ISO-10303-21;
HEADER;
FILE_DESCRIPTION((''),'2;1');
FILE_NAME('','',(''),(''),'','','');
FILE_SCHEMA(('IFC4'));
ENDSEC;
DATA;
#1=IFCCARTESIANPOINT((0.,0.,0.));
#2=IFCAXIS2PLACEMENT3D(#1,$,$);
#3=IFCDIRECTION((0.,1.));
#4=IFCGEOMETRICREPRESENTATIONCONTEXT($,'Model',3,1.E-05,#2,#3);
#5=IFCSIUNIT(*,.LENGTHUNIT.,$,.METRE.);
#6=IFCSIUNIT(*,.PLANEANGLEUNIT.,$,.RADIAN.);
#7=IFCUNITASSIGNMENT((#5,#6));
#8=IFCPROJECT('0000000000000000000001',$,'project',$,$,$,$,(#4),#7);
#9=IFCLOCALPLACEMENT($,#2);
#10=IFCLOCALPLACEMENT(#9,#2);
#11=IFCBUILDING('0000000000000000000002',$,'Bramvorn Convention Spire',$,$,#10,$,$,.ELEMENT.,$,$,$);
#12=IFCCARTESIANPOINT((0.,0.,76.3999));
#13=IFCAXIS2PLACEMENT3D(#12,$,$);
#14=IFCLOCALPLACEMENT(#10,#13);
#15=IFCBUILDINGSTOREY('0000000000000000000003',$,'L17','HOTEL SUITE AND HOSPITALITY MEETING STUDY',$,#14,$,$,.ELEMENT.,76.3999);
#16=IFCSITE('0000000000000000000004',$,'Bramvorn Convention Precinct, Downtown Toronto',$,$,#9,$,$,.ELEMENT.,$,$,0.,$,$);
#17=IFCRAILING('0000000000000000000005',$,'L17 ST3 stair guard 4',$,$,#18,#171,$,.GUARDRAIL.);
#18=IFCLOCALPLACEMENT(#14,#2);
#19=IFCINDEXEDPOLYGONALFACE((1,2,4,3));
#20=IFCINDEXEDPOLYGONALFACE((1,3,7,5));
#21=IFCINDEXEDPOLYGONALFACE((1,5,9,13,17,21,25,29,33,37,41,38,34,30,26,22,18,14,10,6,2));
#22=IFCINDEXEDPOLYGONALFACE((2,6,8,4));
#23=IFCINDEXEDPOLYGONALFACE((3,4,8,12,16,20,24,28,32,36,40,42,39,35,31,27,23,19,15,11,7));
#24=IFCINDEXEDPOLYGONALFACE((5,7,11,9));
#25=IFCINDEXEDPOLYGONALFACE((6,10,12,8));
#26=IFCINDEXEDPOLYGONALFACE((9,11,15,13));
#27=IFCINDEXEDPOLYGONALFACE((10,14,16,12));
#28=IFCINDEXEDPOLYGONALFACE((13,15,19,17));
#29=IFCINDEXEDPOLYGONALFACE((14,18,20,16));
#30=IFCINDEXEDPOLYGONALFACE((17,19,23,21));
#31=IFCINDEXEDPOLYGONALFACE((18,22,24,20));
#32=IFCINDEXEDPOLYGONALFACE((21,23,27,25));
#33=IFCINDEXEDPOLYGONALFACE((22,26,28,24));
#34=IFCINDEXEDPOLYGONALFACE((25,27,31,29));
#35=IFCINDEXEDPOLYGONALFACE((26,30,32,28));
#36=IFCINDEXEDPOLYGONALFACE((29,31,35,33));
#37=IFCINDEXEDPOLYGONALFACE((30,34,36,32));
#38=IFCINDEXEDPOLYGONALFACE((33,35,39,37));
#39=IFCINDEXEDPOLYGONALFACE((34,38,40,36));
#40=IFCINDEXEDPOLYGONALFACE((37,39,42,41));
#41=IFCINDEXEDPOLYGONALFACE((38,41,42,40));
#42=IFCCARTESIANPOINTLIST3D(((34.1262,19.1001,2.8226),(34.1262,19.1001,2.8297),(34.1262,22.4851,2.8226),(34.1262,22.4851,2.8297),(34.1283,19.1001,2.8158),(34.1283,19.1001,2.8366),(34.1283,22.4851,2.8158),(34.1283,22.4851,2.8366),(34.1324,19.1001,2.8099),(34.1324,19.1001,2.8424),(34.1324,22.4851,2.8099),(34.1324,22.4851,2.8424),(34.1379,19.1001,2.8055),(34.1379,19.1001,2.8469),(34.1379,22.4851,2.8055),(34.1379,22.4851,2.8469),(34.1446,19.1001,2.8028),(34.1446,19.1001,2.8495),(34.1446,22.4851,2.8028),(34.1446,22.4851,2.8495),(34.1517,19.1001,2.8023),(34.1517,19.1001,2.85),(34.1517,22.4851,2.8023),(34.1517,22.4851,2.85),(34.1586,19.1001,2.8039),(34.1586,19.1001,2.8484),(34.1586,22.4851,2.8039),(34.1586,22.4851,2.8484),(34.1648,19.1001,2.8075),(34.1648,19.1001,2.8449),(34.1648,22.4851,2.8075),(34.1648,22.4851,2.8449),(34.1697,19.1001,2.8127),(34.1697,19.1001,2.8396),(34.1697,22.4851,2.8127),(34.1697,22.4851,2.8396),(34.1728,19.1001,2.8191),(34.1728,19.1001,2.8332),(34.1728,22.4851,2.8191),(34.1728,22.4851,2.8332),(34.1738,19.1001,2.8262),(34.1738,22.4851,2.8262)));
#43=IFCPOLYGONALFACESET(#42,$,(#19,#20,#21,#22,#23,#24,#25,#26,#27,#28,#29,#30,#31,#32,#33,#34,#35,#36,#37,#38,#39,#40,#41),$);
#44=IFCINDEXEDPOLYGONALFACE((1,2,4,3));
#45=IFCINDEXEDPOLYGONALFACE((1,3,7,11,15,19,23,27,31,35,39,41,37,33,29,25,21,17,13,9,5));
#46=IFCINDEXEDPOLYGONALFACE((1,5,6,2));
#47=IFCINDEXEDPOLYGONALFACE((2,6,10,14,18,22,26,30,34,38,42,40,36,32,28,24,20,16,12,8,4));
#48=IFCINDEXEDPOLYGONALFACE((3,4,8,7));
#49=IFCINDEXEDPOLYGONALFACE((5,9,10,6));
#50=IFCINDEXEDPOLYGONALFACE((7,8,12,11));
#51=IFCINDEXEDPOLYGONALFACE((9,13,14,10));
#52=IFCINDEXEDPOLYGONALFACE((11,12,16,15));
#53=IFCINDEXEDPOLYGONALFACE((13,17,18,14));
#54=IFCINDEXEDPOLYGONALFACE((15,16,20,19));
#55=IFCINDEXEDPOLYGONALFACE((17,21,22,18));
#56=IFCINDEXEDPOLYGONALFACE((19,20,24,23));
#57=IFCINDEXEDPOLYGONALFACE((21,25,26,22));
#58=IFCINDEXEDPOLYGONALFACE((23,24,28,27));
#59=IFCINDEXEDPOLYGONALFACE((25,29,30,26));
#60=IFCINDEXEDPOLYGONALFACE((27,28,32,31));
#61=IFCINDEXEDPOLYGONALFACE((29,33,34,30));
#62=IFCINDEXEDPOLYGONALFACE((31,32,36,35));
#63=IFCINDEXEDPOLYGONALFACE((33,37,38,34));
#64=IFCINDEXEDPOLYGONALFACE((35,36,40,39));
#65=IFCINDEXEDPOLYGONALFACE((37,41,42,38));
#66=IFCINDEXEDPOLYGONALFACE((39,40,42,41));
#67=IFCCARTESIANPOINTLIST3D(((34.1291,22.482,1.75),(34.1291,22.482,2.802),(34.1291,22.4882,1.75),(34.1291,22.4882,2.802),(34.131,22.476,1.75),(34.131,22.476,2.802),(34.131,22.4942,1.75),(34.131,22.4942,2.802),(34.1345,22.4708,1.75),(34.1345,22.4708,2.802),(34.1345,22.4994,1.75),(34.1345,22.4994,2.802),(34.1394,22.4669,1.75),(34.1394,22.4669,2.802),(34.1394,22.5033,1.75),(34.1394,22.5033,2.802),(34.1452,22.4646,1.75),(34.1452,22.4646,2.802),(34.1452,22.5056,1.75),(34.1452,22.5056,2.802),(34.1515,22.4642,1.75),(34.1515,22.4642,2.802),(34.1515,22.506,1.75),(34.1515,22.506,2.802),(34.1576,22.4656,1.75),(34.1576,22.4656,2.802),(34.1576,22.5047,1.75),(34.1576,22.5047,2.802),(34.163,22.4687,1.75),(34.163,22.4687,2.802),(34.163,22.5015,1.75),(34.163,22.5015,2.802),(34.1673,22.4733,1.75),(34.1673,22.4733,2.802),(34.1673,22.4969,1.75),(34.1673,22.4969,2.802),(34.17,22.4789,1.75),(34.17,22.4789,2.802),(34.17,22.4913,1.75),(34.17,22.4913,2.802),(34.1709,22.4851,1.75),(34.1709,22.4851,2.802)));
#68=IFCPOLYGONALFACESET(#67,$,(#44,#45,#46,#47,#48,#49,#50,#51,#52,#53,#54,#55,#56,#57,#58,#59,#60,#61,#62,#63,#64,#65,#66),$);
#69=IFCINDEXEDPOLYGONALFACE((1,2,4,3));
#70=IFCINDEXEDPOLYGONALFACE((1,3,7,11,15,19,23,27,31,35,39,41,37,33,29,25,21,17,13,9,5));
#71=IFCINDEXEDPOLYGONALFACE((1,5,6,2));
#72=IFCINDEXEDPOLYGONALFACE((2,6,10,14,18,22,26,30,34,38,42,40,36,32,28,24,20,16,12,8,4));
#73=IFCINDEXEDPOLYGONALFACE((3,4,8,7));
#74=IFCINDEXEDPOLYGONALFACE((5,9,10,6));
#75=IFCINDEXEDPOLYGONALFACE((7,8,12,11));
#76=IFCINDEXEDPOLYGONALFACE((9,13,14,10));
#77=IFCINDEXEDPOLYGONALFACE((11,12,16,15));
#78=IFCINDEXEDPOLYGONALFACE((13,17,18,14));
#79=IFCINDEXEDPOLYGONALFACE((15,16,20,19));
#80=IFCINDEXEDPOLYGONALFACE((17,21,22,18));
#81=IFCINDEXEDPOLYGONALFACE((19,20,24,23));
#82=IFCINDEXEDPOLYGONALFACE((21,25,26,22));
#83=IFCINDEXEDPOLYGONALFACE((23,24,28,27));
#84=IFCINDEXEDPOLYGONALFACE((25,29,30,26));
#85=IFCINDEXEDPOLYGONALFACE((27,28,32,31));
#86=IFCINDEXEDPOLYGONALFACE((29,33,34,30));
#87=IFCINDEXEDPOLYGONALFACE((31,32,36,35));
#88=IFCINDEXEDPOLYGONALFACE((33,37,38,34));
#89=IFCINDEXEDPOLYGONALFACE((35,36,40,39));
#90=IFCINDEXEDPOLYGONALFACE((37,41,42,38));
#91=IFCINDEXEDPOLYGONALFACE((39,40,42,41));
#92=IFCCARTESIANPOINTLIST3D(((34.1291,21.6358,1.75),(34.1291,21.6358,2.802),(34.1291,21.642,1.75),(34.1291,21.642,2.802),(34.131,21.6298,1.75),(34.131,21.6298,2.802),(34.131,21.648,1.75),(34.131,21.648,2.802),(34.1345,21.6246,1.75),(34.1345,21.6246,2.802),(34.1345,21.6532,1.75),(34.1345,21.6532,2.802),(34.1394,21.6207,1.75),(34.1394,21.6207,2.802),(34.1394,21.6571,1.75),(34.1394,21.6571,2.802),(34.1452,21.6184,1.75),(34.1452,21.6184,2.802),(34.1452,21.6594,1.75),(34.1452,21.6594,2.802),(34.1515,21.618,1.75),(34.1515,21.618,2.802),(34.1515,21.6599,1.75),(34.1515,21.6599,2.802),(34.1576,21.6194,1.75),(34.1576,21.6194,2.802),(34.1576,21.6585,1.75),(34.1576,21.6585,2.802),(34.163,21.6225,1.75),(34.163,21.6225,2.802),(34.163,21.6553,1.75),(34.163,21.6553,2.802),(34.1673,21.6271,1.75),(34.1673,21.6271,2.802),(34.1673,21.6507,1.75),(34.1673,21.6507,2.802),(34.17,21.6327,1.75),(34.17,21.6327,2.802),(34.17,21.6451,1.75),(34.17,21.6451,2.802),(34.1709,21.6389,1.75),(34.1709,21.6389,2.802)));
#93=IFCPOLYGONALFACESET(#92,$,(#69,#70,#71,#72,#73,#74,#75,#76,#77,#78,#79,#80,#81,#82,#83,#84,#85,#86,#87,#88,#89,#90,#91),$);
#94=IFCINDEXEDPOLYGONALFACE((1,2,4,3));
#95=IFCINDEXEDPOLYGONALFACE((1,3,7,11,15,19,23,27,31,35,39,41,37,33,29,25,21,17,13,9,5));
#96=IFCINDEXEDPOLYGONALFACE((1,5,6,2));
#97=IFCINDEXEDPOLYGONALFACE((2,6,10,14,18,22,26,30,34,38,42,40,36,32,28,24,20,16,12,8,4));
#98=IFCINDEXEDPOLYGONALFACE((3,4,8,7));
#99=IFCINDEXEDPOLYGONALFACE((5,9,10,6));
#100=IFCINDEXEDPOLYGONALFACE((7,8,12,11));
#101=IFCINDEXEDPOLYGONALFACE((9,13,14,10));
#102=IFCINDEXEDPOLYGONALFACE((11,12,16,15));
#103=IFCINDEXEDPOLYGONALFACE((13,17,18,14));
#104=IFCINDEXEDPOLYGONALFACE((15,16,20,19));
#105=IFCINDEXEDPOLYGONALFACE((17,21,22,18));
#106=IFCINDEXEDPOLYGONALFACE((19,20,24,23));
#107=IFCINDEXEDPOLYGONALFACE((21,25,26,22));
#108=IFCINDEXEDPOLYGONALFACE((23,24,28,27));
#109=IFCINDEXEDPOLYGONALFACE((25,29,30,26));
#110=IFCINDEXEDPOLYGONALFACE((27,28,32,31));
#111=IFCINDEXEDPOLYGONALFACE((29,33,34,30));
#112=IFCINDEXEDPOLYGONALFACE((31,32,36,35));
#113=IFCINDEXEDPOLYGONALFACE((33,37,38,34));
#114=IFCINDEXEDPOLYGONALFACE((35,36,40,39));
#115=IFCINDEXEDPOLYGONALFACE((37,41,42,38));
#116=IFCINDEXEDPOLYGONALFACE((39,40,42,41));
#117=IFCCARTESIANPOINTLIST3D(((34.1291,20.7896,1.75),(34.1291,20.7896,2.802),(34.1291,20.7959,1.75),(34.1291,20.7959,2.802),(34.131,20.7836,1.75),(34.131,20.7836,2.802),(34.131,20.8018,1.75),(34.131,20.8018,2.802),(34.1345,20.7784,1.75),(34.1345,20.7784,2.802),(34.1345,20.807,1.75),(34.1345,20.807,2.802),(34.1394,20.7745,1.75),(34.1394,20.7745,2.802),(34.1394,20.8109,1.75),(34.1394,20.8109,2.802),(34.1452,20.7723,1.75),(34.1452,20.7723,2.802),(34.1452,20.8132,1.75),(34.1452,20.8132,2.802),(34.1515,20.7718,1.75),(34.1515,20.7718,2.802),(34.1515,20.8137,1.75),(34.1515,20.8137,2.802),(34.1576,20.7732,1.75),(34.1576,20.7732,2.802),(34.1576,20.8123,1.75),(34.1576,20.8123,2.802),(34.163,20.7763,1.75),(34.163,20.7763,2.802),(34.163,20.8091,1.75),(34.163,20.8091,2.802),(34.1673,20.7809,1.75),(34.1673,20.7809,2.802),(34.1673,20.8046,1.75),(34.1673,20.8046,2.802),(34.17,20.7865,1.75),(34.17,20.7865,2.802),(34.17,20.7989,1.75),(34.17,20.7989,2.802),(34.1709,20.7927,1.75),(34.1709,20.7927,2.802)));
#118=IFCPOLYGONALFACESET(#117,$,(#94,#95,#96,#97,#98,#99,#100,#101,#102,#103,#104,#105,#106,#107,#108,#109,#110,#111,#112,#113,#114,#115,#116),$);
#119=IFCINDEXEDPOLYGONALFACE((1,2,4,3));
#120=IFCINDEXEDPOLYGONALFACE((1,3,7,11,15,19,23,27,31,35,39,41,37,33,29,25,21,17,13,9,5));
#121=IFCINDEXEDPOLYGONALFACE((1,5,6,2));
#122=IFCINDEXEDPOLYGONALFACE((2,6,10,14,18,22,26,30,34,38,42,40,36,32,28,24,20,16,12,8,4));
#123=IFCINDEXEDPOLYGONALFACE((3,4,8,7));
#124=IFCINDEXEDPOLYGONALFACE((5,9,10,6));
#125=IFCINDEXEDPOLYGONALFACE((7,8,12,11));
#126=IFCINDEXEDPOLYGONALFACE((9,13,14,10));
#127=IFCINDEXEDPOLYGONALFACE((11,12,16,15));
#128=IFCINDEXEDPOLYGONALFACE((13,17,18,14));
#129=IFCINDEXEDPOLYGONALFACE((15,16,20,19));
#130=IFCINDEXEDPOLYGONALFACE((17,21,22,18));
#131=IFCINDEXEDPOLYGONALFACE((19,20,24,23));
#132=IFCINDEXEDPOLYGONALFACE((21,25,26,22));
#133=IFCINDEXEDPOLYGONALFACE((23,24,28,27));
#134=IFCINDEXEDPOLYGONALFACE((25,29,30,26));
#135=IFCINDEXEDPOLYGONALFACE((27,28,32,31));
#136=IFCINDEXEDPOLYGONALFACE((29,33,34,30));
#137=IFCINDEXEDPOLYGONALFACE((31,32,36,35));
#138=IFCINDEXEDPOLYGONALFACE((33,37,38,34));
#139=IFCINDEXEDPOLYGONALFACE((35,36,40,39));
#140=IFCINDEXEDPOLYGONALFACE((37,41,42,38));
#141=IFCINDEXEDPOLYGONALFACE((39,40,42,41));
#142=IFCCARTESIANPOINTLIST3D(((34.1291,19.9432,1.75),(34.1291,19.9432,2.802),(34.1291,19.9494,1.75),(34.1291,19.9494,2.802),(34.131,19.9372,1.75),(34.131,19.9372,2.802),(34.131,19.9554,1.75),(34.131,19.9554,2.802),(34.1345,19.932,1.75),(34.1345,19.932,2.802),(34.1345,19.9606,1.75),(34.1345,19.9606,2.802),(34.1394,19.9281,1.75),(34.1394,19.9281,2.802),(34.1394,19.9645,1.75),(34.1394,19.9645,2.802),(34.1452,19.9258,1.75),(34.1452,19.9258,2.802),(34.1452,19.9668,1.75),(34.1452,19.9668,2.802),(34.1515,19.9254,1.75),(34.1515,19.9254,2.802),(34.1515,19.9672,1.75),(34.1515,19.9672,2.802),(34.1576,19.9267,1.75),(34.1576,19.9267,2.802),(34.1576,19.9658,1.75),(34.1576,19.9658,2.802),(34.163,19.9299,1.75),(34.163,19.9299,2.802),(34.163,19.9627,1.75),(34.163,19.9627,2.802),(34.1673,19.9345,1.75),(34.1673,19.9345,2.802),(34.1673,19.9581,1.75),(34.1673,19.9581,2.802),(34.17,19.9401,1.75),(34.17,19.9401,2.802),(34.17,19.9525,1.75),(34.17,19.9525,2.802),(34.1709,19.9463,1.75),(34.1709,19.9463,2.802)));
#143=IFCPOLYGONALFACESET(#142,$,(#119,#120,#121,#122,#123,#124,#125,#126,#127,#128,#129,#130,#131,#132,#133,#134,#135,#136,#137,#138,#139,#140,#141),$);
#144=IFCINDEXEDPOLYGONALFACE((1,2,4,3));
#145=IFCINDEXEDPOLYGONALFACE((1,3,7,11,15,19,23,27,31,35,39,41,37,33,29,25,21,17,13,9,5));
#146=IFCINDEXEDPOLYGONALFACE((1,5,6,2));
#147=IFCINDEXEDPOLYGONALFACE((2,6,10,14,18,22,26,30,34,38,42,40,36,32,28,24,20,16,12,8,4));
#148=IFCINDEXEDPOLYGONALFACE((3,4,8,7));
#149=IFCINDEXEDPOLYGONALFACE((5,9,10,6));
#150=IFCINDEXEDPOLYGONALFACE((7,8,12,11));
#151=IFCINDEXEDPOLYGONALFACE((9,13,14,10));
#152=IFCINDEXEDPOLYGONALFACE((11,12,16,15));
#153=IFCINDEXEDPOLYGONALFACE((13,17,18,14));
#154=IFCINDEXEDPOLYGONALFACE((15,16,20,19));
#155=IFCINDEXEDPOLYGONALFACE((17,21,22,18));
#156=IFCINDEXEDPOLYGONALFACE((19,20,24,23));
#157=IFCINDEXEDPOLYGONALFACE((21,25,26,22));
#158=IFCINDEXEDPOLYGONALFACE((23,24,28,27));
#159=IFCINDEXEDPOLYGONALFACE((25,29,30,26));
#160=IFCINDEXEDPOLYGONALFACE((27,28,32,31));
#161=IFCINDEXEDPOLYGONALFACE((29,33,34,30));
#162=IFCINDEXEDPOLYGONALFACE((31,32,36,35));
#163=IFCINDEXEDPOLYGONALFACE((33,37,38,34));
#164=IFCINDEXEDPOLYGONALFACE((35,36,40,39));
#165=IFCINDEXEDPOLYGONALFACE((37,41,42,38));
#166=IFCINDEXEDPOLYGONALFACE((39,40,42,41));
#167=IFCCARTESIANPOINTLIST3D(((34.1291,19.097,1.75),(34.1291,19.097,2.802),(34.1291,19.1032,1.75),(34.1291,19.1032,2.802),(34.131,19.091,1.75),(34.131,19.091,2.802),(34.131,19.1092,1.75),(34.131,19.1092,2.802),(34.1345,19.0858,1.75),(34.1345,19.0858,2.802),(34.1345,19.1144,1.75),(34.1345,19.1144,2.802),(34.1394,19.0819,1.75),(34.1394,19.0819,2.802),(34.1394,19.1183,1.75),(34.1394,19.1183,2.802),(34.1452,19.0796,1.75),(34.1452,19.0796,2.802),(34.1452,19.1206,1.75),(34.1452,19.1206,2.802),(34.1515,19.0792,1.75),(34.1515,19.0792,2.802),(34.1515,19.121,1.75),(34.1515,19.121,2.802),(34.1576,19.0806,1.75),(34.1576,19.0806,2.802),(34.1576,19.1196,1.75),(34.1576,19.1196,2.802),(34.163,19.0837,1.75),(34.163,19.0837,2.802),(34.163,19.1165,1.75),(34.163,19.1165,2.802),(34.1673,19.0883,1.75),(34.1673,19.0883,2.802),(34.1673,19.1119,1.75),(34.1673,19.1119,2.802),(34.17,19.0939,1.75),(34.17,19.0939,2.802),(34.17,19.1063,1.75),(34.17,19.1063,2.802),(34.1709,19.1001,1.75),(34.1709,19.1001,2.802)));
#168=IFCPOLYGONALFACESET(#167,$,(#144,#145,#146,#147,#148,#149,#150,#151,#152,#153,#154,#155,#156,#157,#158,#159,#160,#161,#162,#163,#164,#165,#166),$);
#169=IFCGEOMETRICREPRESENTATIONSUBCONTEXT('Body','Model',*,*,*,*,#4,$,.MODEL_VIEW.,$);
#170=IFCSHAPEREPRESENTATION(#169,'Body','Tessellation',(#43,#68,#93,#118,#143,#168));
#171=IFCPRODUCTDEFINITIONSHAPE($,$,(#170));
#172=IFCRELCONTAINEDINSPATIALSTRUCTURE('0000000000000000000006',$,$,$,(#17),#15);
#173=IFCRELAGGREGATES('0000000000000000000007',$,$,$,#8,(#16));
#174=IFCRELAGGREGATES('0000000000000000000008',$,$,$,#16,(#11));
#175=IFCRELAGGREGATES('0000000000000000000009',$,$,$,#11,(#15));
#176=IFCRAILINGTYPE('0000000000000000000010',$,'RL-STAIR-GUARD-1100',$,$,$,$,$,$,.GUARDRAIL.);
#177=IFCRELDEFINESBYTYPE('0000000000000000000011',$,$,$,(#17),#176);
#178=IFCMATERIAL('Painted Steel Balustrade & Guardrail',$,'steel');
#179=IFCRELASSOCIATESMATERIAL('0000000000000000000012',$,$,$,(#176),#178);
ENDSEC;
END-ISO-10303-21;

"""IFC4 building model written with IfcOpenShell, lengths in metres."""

from ifc_helpers import new_model, si_unit, direction, frame, origin, origin_2d, place, context, subcontext, project, spatial, circle, extrude, material, type_object, element, save


model = new_model("IFC4")

# Units and contexts
model_context = context("Model", 3, precision=1e-05, world=origin(), true_north=direction((0.0, 1.0)))
body_context = subcontext(model_context, "Body", "Model", "MODEL_VIEW")
ifc_project = project(units=[si_unit("LENGTHUNIT", "METRE"), si_unit("PLANEANGLEUNIT", "RADIAN")], contexts=[model_context])

# Site, building, storey
site_placement = place(None, origin())
site = spatial("IfcSite", under=ifc_project, at=site_placement, Name="Bramvorn Convention Precinct, Downtown Toronto", CompositionType="ELEMENT", RefElevation=0.0)
building_placement = place(site_placement, origin())
building = spatial("IfcBuilding", under=site, at=building_placement, Name="Bramvorn Convention Spire", CompositionType="ELEMENT")
storey_placement = place(building_placement, frame((0.0, 0.0, 76.3999)))
storey = spatial("IfcBuildingStorey", under=building, at=storey_placement, Name="L17", Description="HOTEL SUITE AND HOSPITALITY MEETING STUDY", CompositionType="ELEMENT", Elevation=76.3999)

# Railing
ifc_material_1 = material(Name="Painted Steel Balustrade & Guardrail", Category="steel")
railing_type_1 = type_object("IfcRailingType", Name="RL-STAIR-GUARD-1100", PredefinedType="GUARDRAIL", material=ifc_material_1)
for number, where, name in (
    (1, (34.1499, 22.4851, 1.75), "L17 ST3 stair guard 4"),
):
    element("IfcRailing", number, at=place(storey_placement, frame(where)), inside=storey, type_object=railing_type_1, Name=name, PredefinedType="GUARDRAIL", context=body_context, shape_type="SweptSolid", body=[
        extrude(circle(Radius=0.0239, at=origin_2d()), frame((0.0, 0.0, 1.0762), z_axis=(0.0, -1.0, 0.0), x_axis=(1.0, 0.0, 0.0)), (0.0, 0.0, 1.0), 3.385),
        extrude(circle(Radius=0.021, at=origin_2d()), origin(), (0.0, 0.0, 1.0), 1.052),
        extrude(circle(Radius=0.021, at=origin_2d()), frame((0.0, -0.8462, 0.0)), (0.0, 0.0, 1.0), 1.052),
        extrude(circle(Radius=0.021, at=origin_2d()), frame((0.0, -1.6924, 0.0)), (0.0, 0.0, 1.0), 1.052),
        extrude(circle(Radius=0.021, at=origin_2d()), frame((0.0, -2.5388, 0.0)), (0.0, 0.0, 1.0), 1.052),
        extrude(circle(Radius=0.021, at=origin_2d()), frame((0.0, -3.385, 0.0)), (0.0, 0.0, 1.0), 1.052),
    ])

save(model, "model.ifc")
